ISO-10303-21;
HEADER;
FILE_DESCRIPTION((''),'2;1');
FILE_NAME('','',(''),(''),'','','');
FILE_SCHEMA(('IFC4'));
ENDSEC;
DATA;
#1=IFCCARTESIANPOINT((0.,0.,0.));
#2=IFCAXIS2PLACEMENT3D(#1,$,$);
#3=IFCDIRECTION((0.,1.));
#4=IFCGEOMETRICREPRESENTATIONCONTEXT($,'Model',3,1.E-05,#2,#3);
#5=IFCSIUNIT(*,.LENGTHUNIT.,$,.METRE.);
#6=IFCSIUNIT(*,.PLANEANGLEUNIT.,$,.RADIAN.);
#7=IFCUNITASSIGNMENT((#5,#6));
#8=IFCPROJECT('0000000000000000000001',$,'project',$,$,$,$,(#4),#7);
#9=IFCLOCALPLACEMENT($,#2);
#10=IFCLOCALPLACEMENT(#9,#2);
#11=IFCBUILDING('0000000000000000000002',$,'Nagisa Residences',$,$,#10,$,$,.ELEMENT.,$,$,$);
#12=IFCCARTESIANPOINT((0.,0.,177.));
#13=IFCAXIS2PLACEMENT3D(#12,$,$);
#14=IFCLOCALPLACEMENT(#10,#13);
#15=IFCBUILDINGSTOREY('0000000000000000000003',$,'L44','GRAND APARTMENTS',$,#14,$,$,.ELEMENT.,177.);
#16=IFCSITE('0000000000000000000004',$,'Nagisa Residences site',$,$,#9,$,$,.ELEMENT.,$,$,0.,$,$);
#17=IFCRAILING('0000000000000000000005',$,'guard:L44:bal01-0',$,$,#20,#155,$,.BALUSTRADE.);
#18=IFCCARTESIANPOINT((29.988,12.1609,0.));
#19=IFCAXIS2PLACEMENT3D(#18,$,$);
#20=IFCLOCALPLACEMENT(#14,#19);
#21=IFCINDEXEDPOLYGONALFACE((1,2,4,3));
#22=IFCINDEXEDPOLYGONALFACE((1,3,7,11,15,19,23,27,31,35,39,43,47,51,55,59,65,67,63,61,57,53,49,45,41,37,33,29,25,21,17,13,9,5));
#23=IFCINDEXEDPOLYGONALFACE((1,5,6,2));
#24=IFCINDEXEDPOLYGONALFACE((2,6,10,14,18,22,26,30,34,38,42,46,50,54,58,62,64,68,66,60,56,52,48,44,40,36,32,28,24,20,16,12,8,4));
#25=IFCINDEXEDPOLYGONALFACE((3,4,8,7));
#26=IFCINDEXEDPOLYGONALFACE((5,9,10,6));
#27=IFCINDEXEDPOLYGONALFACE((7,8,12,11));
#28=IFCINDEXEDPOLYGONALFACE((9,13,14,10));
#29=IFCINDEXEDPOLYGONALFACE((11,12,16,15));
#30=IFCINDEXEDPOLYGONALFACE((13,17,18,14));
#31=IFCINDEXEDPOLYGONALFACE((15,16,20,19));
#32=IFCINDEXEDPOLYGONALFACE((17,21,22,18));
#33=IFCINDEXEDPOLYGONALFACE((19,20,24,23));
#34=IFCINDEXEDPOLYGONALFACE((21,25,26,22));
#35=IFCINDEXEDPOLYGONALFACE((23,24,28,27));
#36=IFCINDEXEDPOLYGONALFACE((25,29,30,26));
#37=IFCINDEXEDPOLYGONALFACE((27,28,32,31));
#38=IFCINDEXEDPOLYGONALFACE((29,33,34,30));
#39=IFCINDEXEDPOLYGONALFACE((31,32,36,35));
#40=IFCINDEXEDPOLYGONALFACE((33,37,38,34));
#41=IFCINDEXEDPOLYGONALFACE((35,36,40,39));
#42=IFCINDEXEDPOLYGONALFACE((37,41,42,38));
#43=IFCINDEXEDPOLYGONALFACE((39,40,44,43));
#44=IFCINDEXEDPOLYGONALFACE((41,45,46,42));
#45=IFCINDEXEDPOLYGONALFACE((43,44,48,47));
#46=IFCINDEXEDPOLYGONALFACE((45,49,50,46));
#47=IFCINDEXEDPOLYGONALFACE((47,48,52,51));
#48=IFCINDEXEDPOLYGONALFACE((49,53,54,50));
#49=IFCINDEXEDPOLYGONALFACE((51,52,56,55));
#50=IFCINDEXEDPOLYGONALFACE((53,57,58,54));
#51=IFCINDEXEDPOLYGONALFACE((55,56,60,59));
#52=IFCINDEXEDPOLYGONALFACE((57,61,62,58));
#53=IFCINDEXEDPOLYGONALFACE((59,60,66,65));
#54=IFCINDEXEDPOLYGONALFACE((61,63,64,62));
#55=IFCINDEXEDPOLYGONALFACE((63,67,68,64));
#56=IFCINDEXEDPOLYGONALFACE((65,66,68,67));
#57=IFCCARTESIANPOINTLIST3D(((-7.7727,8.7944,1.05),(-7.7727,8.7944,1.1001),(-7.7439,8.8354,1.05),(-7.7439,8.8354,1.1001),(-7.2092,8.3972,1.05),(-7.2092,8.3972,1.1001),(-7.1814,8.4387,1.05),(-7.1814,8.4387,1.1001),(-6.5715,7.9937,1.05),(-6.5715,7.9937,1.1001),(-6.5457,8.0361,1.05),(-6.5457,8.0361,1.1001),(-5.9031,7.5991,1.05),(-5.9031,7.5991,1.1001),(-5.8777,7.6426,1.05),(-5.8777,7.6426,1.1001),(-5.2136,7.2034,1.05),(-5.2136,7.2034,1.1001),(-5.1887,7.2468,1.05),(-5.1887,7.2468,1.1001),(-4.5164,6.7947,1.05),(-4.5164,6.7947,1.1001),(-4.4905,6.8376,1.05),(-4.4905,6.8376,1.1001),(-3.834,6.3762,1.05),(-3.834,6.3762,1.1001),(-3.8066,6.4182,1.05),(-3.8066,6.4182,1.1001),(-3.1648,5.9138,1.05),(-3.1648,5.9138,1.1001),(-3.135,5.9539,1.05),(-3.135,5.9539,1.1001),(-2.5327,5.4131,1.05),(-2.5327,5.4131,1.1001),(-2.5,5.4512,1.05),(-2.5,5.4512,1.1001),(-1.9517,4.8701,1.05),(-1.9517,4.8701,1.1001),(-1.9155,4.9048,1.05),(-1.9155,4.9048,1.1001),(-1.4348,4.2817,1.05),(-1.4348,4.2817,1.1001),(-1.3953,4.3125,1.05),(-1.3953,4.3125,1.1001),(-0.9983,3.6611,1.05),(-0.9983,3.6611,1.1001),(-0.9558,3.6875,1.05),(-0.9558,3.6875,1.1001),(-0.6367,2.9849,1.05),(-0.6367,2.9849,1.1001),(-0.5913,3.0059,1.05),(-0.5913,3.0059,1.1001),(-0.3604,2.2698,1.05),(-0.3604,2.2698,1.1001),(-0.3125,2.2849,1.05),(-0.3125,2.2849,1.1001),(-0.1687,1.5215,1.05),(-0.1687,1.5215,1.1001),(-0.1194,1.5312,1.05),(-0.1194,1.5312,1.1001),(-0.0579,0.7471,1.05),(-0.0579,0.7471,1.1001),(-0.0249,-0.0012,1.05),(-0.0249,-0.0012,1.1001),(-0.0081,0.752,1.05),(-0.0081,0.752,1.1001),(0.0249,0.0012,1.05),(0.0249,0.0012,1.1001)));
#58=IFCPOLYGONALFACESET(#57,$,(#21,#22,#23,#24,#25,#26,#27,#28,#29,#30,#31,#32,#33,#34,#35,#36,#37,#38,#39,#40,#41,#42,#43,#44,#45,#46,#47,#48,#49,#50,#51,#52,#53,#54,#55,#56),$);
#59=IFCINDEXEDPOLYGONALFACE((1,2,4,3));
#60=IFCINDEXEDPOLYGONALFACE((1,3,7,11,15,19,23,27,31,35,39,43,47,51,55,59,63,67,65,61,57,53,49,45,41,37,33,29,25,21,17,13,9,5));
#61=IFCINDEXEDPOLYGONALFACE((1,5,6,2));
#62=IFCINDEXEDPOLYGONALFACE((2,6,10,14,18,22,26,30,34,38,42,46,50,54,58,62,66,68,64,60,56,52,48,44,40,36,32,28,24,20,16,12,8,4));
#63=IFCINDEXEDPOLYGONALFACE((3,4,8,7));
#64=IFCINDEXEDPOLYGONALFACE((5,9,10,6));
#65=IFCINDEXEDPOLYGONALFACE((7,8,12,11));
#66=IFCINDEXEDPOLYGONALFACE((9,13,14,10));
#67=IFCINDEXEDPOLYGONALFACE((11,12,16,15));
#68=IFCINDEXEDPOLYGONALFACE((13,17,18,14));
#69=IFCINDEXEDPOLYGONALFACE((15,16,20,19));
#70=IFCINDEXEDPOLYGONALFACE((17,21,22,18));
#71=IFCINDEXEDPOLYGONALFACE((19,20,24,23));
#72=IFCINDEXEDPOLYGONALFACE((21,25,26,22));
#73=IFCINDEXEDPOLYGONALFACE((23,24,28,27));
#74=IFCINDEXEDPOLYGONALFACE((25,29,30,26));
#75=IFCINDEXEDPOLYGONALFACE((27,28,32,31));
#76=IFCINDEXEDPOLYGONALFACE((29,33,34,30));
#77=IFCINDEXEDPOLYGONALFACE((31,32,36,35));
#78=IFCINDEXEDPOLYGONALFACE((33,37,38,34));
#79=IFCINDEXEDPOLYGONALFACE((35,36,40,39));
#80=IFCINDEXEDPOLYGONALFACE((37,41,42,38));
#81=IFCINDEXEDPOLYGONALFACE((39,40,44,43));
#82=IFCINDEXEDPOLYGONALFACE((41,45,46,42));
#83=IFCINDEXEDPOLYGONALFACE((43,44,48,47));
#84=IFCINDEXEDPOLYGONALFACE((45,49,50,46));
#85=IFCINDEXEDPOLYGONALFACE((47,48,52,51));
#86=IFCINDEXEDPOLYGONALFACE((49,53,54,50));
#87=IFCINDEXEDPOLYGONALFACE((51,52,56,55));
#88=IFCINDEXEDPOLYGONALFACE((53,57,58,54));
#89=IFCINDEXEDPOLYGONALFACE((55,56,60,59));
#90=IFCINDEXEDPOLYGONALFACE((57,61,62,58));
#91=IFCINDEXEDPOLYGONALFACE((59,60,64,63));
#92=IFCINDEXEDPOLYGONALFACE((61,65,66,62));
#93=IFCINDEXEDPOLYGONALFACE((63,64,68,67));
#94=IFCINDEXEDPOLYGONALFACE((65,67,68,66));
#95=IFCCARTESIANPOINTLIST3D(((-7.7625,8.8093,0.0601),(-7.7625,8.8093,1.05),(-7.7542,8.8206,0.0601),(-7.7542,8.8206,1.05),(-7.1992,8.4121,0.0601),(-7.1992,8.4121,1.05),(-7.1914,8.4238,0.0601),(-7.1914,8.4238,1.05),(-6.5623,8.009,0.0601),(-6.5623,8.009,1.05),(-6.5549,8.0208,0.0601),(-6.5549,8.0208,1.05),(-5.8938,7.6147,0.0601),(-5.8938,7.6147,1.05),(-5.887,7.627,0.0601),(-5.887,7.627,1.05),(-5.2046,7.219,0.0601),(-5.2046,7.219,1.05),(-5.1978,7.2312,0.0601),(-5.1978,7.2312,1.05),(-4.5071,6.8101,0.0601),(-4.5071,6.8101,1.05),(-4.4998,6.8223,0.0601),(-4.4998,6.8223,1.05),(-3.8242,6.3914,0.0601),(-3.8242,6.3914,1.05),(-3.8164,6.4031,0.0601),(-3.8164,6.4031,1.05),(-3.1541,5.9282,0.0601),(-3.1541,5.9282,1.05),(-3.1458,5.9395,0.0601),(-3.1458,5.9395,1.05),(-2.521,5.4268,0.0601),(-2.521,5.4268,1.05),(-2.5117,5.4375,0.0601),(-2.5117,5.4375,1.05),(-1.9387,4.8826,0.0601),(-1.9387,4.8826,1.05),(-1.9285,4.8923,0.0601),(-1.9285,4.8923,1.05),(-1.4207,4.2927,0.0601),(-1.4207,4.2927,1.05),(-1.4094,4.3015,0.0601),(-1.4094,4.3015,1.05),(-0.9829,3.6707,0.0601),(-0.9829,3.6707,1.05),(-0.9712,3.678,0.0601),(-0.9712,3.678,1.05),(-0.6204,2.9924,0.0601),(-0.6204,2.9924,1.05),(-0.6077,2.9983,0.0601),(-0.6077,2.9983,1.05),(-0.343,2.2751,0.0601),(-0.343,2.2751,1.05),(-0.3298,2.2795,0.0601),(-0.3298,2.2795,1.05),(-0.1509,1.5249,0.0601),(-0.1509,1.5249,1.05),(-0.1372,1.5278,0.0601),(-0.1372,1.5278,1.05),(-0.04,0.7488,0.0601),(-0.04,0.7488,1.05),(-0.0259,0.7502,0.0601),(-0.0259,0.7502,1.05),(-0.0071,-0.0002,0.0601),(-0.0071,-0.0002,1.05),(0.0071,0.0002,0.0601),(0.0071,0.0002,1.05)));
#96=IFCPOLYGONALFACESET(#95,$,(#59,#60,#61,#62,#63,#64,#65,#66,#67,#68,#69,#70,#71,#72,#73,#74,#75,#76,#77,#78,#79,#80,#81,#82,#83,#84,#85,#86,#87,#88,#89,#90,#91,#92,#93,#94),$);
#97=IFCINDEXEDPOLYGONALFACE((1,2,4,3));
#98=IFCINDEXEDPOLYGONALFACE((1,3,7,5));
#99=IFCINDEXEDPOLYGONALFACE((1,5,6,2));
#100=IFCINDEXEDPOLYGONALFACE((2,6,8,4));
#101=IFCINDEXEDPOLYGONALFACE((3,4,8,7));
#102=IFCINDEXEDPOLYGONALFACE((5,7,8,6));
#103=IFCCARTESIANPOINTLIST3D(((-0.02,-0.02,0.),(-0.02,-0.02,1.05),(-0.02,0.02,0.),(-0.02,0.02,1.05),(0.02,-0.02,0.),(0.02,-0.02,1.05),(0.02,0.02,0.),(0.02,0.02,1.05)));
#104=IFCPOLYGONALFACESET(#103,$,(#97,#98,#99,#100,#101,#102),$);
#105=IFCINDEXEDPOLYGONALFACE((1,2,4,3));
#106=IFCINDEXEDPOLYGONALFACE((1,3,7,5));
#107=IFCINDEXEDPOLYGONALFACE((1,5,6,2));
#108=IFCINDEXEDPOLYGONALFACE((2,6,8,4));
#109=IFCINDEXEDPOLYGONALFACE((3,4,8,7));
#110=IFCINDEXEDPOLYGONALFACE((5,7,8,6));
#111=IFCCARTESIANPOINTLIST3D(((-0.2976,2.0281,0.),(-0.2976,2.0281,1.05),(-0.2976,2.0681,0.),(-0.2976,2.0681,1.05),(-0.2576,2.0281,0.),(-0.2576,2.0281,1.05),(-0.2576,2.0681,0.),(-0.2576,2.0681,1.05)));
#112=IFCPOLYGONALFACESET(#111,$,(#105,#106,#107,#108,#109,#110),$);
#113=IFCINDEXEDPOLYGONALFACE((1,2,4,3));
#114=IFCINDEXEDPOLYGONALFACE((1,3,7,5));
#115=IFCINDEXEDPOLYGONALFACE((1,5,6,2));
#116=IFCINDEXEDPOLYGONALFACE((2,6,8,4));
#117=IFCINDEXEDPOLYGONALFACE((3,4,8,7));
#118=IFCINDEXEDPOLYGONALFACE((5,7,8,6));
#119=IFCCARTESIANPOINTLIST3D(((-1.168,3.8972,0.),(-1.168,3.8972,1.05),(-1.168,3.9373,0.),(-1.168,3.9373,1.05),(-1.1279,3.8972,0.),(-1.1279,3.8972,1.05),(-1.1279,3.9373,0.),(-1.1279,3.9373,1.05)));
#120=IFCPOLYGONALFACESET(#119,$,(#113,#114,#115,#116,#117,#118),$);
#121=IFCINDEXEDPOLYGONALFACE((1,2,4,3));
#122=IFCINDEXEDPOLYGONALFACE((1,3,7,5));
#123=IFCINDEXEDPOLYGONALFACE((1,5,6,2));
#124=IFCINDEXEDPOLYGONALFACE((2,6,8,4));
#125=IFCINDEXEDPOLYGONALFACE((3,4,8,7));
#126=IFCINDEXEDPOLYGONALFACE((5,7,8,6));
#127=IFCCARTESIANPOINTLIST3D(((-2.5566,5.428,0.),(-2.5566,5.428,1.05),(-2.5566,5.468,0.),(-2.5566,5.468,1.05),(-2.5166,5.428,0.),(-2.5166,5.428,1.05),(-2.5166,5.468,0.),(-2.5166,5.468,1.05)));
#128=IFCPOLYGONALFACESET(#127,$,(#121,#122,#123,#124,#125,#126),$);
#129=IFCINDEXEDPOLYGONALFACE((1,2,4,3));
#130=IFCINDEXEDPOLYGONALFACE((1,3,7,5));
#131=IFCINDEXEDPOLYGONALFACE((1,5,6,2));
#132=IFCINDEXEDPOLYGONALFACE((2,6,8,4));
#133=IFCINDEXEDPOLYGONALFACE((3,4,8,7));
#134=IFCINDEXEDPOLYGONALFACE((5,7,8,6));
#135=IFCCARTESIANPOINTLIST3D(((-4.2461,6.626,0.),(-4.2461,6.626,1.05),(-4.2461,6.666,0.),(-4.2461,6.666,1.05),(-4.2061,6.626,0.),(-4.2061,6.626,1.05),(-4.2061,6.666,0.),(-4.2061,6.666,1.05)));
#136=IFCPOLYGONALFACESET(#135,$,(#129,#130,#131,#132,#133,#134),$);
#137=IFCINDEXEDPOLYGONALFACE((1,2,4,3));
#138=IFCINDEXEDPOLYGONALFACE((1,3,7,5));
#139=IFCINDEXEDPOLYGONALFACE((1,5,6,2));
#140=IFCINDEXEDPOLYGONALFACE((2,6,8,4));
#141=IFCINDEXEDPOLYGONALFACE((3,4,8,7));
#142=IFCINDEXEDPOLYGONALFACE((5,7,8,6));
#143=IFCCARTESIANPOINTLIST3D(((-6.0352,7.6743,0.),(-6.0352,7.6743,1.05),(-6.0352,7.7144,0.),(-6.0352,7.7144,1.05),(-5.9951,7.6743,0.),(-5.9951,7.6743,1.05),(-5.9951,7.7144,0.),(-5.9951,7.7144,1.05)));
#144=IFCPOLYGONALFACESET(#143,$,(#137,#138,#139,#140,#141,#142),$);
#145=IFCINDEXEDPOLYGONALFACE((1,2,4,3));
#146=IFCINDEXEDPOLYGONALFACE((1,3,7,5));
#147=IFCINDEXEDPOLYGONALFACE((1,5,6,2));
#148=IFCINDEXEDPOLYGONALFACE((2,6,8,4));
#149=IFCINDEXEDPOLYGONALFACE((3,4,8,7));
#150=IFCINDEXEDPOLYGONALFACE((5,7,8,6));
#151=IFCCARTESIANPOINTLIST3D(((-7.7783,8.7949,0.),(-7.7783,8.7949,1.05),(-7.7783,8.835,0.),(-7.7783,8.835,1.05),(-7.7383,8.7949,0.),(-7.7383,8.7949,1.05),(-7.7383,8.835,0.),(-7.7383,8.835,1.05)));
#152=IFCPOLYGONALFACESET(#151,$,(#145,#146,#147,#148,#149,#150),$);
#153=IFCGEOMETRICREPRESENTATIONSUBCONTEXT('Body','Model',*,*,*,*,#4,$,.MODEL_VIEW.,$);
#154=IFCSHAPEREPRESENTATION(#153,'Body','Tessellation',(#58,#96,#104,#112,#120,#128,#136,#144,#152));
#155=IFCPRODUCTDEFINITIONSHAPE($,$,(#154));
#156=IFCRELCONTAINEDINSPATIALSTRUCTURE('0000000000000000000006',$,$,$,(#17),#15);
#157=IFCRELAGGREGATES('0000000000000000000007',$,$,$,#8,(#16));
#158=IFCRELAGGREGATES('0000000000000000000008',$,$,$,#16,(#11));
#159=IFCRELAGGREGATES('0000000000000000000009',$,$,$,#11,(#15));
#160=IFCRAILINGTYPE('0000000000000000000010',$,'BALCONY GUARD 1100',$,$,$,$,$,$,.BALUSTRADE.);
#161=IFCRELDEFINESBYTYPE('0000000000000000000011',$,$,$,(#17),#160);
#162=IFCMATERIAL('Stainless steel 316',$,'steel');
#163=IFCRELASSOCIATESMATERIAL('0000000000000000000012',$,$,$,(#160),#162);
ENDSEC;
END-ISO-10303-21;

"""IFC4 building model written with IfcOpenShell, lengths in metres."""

from ifc_helpers import new_model, si_unit, direction, frame, origin, origin_2d, place, context, subcontext, project, spatial, polyline, rectangle, outline, extrude, material, type_object, element, save


model = new_model("IFC4")

# Units and contexts
model_context = context("Model", 3, precision=1e-05, world=origin(), true_north=direction((0.0, 1.0)))
body_context = subcontext(model_context, "Body", "Model", "MODEL_VIEW")
ifc_project = project(units=[si_unit("LENGTHUNIT", "METRE"), si_unit("PLANEANGLEUNIT", "RADIAN")], contexts=[model_context])

# Site, building, storey
site_placement = place(None, origin())
site = spatial("IfcSite", under=ifc_project, at=site_placement, Name="Nagisa Residences site", CompositionType="ELEMENT", RefElevation=0.0)
building_placement = place(site_placement, origin())
building = spatial("IfcBuilding", under=site, at=building_placement, Name="Nagisa Residences", CompositionType="ELEMENT")
storey_placement = place(building_placement, frame((0.0, 0.0, 177.0)))
storey = spatial("IfcBuildingStorey", under=building, at=storey_placement, Name="L44", Description="GRAND APARTMENTS", CompositionType="ELEMENT", Elevation=177.0)

# Railing
ifc_material_1 = material(Name="Stainless steel 316", Category="steel")
railing_type = type_object("IfcRailingType", Name="BALCONY GUARD 1100", PredefinedType="BALUSTRADE", material=ifc_material_1)
railing_1_placement = place(storey_placement, frame((29.988, 12.1609, 0.0)))
element("IfcRailing", 1, at=railing_1_placement, inside=storey, type_object=railing_type, Name="guard:L44:bal01-0", PredefinedType="BALUSTRADE", context=body_context, shape_type="SweptSolid", body=[
    extrude(outline(polyline([(-0.0579, 0.7471), (-0.0249, -0.0012), (0.0249, 0.0012), (-0.0081, 0.752), (-0.1194, 1.5312), (-0.3125, 2.2849), (-0.5913, 3.0059), (-0.9558, 3.6875), (-1.3953, 4.3125), (-1.9155, 4.9048), (-2.5, 5.4512), (-3.135, 5.9539), (-3.8066, 6.4182), (-4.4905, 6.8376), (-5.1887, 7.2468), (-5.8777, 7.6426), (-6.5457, 8.0361), (-7.1814, 8.4387), (-7.7439, 8.8354), (-7.7727, 8.7944), (-7.2092, 8.3972), (-6.5715, 7.9937), (-5.9031, 7.5991), (-5.2136, 7.2034), (-4.5164, 6.7947), (-3.834, 6.3762), (-3.1648, 5.9138), (-2.5327, 5.4131), (-1.9517, 4.8701), (-1.4348, 4.2817), (-0.9983, 3.6611), (-0.6367, 2.9849), (-0.3604, 2.2698), (-0.1687, 1.5215), (-0.0579, 0.7471)])), frame((0.0, 0.0, 1.05)), (0.0, 0.0, 1.0), 0.05),
    extrude(outline(polyline([(-0.04, 0.7488), (-0.0071, -0.0002), (0.0071, 0.0002), (-0.0259, 0.7502), (-0.1372, 1.5278), (-0.3298, 2.2795), (-0.6077, 2.9983), (-0.9712, 3.678), (-1.4094, 4.3015), (-1.9285, 4.8923), (-2.5117, 5.4375), (-3.1458, 5.9395), (-3.8164, 6.4031), (-4.4998, 6.8223), (-5.1978, 7.2312), (-5.887, 7.627), (-6.5549, 8.0208), (-7.1914, 8.4238), (-7.7542, 8.8206), (-7.7625, 8.8093), (-7.1992, 8.4121), (-6.5623, 8.009), (-5.8938, 7.6147), (-5.2046, 7.219), (-4.5071, 6.8101), (-3.8242, 6.3914), (-3.1541, 5.9282), (-2.521, 5.4268), (-1.9387, 4.8826), (-1.4207, 4.2927), (-0.9829, 3.6707), (-0.6204, 2.9924), (-0.343, 2.2751), (-0.1509, 1.5249), (-0.04, 0.7488)])), frame((0.0, 0.0, 0.0601)), (0.0, 0.0, 1.0), 0.99),
    extrude(rectangle(XDim=0.04, YDim=0.04, at=origin_2d()), origin(), (0.0, 0.0, 1.0), 1.05),
    extrude(rectangle(XDim=0.04, YDim=0.04, at=origin_2d()), frame((-0.2776, 2.0481, 0.0)), (0.0, 0.0, 1.0), 1.05),
    extrude(rectangle(XDim=0.04, YDim=0.04, at=origin_2d()), frame((-1.1479, 3.9172, 0.0)), (0.0, 0.0, 1.0), 1.05),
    extrude(rectangle(XDim=0.04, YDim=0.04, at=origin_2d()), frame((-2.5366, 5.448, 0.0)), (0.0, 0.0, 1.0), 1.05),
    extrude(rectangle(XDim=0.04, YDim=0.04, at=origin_2d()), frame((-4.2261, 6.646, 0.0)), (0.0, 0.0, 1.0), 1.05),
    extrude(rectangle(XDim=0.04, YDim=0.04, at=origin_2d()), frame((-6.0151, 7.6943, 0.0)), (0.0, 0.0, 1.0), 1.05),
    extrude(rectangle(XDim=0.04, YDim=0.04, at=origin_2d()), frame((-7.7583, 8.8149, 0.0)), (0.0, 0.0, 1.0), 1.05),
])

save(model, "model.ifc")
